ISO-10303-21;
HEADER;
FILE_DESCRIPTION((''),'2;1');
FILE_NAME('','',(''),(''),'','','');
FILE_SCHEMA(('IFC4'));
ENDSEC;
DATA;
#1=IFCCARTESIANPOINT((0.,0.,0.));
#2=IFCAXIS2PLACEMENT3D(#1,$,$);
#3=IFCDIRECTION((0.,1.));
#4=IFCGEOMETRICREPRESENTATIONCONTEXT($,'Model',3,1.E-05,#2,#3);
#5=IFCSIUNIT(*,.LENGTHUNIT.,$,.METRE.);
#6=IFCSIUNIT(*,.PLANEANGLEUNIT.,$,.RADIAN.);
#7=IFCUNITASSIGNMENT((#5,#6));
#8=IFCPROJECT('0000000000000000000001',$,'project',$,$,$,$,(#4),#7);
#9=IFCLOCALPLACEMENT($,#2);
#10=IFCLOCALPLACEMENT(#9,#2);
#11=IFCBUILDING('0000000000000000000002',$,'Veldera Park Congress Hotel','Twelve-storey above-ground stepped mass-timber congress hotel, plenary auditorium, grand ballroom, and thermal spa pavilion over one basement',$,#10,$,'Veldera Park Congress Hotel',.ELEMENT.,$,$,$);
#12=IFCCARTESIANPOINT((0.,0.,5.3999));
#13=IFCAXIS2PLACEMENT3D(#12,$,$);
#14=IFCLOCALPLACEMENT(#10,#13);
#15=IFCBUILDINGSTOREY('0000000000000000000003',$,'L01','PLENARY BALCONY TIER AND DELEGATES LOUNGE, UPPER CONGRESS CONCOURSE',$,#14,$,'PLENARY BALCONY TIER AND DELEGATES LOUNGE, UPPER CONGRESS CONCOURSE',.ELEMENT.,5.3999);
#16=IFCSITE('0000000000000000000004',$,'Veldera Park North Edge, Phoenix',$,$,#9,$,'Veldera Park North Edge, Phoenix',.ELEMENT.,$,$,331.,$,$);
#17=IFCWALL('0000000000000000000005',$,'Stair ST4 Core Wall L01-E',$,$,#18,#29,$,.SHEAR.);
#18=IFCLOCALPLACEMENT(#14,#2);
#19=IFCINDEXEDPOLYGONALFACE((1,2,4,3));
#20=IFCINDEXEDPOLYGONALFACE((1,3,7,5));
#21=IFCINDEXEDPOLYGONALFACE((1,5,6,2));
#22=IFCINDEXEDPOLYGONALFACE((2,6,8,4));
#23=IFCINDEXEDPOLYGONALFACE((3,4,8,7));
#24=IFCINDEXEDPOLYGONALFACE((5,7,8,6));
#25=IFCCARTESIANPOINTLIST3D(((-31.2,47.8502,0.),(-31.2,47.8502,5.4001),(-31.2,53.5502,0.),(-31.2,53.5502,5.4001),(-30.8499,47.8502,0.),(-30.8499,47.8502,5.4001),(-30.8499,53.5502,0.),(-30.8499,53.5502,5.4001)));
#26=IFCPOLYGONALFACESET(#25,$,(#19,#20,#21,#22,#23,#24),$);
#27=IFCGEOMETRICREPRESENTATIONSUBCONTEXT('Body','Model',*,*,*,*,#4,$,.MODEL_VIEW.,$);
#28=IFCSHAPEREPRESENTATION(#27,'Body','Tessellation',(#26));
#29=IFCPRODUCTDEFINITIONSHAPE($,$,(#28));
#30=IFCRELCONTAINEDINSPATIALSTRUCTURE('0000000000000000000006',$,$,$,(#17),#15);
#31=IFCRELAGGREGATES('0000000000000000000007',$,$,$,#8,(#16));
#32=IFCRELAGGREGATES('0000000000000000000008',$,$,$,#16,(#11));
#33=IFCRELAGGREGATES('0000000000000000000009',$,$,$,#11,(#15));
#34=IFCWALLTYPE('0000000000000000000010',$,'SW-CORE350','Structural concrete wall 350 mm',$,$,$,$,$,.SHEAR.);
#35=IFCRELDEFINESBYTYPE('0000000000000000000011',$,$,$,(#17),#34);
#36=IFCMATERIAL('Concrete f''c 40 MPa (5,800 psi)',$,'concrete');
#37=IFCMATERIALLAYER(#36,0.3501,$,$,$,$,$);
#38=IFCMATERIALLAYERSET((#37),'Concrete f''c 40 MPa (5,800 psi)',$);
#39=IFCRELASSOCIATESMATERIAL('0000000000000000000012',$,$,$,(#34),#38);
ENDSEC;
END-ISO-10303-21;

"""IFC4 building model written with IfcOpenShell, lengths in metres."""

from ifc_helpers import new_model, si_unit, direction, frame, frame_2d, origin, place, context, subcontext, project, spatial, rectangle, extrude, material, layer, layer_set, type_object, element, save


model = new_model("IFC4")

# Units and contexts
model_context = context("Model", 3, precision=1e-05, world=origin(), true_north=direction((0.0, 1.0)))
body_context = subcontext(model_context, "Body", "Model", "MODEL_VIEW")
ifc_project = project(units=[si_unit("LENGTHUNIT", "METRE"), si_unit("PLANEANGLEUNIT", "RADIAN")], contexts=[model_context])

# Site, building, storey
site_placement = place(None, origin())
site = spatial("IfcSite", under=ifc_project, at=site_placement, Name="Veldera Park North Edge, Phoenix", LongName="Veldera Park North Edge, Phoenix", CompositionType="ELEMENT", RefElevation=331.0)
building_placement = place(site_placement, origin())
building = spatial("IfcBuilding", under=site, at=building_placement, Name="Veldera Park Congress Hotel", Description="Twelve-storey above-ground stepped mass-timber congress hotel, plenary auditorium, grand ballroom, and thermal spa pavilion over one basement", LongName="Veldera Park Congress Hotel", CompositionType="ELEMENT")
storey_placement = place(building_placement, frame((0.0, 0.0, 5.3999)))
storey = spatial("IfcBuildingStorey", under=building, at=storey_placement, Name="L01", Description="PLENARY BALCONY TIER AND DELEGATES LOUNGE, UPPER CONGRESS CONCOURSE", LongName="PLENARY BALCONY TIER AND DELEGATES LOUNGE, UPPER CONGRESS CONCOURSE", CompositionType="ELEMENT", Elevation=5.3999)

# Wall
ifc_material_1 = material(Name="Concrete f'c 40 MPa (5,800 psi)", Category="concrete")
ifc_layer_1 = layer(ifc_material_1, 0.3501)
ifc_layer_set_1 = layer_set([ifc_layer_1], Name="Concrete f'c 40 MPa (5,800 psi)")
wall_type_1 = type_object("IfcWallType", Name="SW-CORE350", Description="Structural concrete wall 350 mm", PredefinedType="SHEAR", material=ifc_layer_set_1)
wall_1_placement = place(storey_placement, frame((-31.0249, 47.8501, 0.0), z_axis=(0.0, 0.0, 1.0), x_axis=(0.0, 1.0, 0.0)))
element("IfcWall", 1, at=wall_1_placement, inside=storey, type_object=wall_type_1, Name="Stair ST4 Core Wall L01-E", PredefinedType="SHEAR", context=body_context, shape_type="SweptSolid", body=[
    extrude(rectangle(XDim=5.7, YDim=0.3501, at=frame_2d((2.8501, 0.0))), origin(), (0.0, 0.0, 1.0), 5.4001),
])

save(model, "model.ifc")
